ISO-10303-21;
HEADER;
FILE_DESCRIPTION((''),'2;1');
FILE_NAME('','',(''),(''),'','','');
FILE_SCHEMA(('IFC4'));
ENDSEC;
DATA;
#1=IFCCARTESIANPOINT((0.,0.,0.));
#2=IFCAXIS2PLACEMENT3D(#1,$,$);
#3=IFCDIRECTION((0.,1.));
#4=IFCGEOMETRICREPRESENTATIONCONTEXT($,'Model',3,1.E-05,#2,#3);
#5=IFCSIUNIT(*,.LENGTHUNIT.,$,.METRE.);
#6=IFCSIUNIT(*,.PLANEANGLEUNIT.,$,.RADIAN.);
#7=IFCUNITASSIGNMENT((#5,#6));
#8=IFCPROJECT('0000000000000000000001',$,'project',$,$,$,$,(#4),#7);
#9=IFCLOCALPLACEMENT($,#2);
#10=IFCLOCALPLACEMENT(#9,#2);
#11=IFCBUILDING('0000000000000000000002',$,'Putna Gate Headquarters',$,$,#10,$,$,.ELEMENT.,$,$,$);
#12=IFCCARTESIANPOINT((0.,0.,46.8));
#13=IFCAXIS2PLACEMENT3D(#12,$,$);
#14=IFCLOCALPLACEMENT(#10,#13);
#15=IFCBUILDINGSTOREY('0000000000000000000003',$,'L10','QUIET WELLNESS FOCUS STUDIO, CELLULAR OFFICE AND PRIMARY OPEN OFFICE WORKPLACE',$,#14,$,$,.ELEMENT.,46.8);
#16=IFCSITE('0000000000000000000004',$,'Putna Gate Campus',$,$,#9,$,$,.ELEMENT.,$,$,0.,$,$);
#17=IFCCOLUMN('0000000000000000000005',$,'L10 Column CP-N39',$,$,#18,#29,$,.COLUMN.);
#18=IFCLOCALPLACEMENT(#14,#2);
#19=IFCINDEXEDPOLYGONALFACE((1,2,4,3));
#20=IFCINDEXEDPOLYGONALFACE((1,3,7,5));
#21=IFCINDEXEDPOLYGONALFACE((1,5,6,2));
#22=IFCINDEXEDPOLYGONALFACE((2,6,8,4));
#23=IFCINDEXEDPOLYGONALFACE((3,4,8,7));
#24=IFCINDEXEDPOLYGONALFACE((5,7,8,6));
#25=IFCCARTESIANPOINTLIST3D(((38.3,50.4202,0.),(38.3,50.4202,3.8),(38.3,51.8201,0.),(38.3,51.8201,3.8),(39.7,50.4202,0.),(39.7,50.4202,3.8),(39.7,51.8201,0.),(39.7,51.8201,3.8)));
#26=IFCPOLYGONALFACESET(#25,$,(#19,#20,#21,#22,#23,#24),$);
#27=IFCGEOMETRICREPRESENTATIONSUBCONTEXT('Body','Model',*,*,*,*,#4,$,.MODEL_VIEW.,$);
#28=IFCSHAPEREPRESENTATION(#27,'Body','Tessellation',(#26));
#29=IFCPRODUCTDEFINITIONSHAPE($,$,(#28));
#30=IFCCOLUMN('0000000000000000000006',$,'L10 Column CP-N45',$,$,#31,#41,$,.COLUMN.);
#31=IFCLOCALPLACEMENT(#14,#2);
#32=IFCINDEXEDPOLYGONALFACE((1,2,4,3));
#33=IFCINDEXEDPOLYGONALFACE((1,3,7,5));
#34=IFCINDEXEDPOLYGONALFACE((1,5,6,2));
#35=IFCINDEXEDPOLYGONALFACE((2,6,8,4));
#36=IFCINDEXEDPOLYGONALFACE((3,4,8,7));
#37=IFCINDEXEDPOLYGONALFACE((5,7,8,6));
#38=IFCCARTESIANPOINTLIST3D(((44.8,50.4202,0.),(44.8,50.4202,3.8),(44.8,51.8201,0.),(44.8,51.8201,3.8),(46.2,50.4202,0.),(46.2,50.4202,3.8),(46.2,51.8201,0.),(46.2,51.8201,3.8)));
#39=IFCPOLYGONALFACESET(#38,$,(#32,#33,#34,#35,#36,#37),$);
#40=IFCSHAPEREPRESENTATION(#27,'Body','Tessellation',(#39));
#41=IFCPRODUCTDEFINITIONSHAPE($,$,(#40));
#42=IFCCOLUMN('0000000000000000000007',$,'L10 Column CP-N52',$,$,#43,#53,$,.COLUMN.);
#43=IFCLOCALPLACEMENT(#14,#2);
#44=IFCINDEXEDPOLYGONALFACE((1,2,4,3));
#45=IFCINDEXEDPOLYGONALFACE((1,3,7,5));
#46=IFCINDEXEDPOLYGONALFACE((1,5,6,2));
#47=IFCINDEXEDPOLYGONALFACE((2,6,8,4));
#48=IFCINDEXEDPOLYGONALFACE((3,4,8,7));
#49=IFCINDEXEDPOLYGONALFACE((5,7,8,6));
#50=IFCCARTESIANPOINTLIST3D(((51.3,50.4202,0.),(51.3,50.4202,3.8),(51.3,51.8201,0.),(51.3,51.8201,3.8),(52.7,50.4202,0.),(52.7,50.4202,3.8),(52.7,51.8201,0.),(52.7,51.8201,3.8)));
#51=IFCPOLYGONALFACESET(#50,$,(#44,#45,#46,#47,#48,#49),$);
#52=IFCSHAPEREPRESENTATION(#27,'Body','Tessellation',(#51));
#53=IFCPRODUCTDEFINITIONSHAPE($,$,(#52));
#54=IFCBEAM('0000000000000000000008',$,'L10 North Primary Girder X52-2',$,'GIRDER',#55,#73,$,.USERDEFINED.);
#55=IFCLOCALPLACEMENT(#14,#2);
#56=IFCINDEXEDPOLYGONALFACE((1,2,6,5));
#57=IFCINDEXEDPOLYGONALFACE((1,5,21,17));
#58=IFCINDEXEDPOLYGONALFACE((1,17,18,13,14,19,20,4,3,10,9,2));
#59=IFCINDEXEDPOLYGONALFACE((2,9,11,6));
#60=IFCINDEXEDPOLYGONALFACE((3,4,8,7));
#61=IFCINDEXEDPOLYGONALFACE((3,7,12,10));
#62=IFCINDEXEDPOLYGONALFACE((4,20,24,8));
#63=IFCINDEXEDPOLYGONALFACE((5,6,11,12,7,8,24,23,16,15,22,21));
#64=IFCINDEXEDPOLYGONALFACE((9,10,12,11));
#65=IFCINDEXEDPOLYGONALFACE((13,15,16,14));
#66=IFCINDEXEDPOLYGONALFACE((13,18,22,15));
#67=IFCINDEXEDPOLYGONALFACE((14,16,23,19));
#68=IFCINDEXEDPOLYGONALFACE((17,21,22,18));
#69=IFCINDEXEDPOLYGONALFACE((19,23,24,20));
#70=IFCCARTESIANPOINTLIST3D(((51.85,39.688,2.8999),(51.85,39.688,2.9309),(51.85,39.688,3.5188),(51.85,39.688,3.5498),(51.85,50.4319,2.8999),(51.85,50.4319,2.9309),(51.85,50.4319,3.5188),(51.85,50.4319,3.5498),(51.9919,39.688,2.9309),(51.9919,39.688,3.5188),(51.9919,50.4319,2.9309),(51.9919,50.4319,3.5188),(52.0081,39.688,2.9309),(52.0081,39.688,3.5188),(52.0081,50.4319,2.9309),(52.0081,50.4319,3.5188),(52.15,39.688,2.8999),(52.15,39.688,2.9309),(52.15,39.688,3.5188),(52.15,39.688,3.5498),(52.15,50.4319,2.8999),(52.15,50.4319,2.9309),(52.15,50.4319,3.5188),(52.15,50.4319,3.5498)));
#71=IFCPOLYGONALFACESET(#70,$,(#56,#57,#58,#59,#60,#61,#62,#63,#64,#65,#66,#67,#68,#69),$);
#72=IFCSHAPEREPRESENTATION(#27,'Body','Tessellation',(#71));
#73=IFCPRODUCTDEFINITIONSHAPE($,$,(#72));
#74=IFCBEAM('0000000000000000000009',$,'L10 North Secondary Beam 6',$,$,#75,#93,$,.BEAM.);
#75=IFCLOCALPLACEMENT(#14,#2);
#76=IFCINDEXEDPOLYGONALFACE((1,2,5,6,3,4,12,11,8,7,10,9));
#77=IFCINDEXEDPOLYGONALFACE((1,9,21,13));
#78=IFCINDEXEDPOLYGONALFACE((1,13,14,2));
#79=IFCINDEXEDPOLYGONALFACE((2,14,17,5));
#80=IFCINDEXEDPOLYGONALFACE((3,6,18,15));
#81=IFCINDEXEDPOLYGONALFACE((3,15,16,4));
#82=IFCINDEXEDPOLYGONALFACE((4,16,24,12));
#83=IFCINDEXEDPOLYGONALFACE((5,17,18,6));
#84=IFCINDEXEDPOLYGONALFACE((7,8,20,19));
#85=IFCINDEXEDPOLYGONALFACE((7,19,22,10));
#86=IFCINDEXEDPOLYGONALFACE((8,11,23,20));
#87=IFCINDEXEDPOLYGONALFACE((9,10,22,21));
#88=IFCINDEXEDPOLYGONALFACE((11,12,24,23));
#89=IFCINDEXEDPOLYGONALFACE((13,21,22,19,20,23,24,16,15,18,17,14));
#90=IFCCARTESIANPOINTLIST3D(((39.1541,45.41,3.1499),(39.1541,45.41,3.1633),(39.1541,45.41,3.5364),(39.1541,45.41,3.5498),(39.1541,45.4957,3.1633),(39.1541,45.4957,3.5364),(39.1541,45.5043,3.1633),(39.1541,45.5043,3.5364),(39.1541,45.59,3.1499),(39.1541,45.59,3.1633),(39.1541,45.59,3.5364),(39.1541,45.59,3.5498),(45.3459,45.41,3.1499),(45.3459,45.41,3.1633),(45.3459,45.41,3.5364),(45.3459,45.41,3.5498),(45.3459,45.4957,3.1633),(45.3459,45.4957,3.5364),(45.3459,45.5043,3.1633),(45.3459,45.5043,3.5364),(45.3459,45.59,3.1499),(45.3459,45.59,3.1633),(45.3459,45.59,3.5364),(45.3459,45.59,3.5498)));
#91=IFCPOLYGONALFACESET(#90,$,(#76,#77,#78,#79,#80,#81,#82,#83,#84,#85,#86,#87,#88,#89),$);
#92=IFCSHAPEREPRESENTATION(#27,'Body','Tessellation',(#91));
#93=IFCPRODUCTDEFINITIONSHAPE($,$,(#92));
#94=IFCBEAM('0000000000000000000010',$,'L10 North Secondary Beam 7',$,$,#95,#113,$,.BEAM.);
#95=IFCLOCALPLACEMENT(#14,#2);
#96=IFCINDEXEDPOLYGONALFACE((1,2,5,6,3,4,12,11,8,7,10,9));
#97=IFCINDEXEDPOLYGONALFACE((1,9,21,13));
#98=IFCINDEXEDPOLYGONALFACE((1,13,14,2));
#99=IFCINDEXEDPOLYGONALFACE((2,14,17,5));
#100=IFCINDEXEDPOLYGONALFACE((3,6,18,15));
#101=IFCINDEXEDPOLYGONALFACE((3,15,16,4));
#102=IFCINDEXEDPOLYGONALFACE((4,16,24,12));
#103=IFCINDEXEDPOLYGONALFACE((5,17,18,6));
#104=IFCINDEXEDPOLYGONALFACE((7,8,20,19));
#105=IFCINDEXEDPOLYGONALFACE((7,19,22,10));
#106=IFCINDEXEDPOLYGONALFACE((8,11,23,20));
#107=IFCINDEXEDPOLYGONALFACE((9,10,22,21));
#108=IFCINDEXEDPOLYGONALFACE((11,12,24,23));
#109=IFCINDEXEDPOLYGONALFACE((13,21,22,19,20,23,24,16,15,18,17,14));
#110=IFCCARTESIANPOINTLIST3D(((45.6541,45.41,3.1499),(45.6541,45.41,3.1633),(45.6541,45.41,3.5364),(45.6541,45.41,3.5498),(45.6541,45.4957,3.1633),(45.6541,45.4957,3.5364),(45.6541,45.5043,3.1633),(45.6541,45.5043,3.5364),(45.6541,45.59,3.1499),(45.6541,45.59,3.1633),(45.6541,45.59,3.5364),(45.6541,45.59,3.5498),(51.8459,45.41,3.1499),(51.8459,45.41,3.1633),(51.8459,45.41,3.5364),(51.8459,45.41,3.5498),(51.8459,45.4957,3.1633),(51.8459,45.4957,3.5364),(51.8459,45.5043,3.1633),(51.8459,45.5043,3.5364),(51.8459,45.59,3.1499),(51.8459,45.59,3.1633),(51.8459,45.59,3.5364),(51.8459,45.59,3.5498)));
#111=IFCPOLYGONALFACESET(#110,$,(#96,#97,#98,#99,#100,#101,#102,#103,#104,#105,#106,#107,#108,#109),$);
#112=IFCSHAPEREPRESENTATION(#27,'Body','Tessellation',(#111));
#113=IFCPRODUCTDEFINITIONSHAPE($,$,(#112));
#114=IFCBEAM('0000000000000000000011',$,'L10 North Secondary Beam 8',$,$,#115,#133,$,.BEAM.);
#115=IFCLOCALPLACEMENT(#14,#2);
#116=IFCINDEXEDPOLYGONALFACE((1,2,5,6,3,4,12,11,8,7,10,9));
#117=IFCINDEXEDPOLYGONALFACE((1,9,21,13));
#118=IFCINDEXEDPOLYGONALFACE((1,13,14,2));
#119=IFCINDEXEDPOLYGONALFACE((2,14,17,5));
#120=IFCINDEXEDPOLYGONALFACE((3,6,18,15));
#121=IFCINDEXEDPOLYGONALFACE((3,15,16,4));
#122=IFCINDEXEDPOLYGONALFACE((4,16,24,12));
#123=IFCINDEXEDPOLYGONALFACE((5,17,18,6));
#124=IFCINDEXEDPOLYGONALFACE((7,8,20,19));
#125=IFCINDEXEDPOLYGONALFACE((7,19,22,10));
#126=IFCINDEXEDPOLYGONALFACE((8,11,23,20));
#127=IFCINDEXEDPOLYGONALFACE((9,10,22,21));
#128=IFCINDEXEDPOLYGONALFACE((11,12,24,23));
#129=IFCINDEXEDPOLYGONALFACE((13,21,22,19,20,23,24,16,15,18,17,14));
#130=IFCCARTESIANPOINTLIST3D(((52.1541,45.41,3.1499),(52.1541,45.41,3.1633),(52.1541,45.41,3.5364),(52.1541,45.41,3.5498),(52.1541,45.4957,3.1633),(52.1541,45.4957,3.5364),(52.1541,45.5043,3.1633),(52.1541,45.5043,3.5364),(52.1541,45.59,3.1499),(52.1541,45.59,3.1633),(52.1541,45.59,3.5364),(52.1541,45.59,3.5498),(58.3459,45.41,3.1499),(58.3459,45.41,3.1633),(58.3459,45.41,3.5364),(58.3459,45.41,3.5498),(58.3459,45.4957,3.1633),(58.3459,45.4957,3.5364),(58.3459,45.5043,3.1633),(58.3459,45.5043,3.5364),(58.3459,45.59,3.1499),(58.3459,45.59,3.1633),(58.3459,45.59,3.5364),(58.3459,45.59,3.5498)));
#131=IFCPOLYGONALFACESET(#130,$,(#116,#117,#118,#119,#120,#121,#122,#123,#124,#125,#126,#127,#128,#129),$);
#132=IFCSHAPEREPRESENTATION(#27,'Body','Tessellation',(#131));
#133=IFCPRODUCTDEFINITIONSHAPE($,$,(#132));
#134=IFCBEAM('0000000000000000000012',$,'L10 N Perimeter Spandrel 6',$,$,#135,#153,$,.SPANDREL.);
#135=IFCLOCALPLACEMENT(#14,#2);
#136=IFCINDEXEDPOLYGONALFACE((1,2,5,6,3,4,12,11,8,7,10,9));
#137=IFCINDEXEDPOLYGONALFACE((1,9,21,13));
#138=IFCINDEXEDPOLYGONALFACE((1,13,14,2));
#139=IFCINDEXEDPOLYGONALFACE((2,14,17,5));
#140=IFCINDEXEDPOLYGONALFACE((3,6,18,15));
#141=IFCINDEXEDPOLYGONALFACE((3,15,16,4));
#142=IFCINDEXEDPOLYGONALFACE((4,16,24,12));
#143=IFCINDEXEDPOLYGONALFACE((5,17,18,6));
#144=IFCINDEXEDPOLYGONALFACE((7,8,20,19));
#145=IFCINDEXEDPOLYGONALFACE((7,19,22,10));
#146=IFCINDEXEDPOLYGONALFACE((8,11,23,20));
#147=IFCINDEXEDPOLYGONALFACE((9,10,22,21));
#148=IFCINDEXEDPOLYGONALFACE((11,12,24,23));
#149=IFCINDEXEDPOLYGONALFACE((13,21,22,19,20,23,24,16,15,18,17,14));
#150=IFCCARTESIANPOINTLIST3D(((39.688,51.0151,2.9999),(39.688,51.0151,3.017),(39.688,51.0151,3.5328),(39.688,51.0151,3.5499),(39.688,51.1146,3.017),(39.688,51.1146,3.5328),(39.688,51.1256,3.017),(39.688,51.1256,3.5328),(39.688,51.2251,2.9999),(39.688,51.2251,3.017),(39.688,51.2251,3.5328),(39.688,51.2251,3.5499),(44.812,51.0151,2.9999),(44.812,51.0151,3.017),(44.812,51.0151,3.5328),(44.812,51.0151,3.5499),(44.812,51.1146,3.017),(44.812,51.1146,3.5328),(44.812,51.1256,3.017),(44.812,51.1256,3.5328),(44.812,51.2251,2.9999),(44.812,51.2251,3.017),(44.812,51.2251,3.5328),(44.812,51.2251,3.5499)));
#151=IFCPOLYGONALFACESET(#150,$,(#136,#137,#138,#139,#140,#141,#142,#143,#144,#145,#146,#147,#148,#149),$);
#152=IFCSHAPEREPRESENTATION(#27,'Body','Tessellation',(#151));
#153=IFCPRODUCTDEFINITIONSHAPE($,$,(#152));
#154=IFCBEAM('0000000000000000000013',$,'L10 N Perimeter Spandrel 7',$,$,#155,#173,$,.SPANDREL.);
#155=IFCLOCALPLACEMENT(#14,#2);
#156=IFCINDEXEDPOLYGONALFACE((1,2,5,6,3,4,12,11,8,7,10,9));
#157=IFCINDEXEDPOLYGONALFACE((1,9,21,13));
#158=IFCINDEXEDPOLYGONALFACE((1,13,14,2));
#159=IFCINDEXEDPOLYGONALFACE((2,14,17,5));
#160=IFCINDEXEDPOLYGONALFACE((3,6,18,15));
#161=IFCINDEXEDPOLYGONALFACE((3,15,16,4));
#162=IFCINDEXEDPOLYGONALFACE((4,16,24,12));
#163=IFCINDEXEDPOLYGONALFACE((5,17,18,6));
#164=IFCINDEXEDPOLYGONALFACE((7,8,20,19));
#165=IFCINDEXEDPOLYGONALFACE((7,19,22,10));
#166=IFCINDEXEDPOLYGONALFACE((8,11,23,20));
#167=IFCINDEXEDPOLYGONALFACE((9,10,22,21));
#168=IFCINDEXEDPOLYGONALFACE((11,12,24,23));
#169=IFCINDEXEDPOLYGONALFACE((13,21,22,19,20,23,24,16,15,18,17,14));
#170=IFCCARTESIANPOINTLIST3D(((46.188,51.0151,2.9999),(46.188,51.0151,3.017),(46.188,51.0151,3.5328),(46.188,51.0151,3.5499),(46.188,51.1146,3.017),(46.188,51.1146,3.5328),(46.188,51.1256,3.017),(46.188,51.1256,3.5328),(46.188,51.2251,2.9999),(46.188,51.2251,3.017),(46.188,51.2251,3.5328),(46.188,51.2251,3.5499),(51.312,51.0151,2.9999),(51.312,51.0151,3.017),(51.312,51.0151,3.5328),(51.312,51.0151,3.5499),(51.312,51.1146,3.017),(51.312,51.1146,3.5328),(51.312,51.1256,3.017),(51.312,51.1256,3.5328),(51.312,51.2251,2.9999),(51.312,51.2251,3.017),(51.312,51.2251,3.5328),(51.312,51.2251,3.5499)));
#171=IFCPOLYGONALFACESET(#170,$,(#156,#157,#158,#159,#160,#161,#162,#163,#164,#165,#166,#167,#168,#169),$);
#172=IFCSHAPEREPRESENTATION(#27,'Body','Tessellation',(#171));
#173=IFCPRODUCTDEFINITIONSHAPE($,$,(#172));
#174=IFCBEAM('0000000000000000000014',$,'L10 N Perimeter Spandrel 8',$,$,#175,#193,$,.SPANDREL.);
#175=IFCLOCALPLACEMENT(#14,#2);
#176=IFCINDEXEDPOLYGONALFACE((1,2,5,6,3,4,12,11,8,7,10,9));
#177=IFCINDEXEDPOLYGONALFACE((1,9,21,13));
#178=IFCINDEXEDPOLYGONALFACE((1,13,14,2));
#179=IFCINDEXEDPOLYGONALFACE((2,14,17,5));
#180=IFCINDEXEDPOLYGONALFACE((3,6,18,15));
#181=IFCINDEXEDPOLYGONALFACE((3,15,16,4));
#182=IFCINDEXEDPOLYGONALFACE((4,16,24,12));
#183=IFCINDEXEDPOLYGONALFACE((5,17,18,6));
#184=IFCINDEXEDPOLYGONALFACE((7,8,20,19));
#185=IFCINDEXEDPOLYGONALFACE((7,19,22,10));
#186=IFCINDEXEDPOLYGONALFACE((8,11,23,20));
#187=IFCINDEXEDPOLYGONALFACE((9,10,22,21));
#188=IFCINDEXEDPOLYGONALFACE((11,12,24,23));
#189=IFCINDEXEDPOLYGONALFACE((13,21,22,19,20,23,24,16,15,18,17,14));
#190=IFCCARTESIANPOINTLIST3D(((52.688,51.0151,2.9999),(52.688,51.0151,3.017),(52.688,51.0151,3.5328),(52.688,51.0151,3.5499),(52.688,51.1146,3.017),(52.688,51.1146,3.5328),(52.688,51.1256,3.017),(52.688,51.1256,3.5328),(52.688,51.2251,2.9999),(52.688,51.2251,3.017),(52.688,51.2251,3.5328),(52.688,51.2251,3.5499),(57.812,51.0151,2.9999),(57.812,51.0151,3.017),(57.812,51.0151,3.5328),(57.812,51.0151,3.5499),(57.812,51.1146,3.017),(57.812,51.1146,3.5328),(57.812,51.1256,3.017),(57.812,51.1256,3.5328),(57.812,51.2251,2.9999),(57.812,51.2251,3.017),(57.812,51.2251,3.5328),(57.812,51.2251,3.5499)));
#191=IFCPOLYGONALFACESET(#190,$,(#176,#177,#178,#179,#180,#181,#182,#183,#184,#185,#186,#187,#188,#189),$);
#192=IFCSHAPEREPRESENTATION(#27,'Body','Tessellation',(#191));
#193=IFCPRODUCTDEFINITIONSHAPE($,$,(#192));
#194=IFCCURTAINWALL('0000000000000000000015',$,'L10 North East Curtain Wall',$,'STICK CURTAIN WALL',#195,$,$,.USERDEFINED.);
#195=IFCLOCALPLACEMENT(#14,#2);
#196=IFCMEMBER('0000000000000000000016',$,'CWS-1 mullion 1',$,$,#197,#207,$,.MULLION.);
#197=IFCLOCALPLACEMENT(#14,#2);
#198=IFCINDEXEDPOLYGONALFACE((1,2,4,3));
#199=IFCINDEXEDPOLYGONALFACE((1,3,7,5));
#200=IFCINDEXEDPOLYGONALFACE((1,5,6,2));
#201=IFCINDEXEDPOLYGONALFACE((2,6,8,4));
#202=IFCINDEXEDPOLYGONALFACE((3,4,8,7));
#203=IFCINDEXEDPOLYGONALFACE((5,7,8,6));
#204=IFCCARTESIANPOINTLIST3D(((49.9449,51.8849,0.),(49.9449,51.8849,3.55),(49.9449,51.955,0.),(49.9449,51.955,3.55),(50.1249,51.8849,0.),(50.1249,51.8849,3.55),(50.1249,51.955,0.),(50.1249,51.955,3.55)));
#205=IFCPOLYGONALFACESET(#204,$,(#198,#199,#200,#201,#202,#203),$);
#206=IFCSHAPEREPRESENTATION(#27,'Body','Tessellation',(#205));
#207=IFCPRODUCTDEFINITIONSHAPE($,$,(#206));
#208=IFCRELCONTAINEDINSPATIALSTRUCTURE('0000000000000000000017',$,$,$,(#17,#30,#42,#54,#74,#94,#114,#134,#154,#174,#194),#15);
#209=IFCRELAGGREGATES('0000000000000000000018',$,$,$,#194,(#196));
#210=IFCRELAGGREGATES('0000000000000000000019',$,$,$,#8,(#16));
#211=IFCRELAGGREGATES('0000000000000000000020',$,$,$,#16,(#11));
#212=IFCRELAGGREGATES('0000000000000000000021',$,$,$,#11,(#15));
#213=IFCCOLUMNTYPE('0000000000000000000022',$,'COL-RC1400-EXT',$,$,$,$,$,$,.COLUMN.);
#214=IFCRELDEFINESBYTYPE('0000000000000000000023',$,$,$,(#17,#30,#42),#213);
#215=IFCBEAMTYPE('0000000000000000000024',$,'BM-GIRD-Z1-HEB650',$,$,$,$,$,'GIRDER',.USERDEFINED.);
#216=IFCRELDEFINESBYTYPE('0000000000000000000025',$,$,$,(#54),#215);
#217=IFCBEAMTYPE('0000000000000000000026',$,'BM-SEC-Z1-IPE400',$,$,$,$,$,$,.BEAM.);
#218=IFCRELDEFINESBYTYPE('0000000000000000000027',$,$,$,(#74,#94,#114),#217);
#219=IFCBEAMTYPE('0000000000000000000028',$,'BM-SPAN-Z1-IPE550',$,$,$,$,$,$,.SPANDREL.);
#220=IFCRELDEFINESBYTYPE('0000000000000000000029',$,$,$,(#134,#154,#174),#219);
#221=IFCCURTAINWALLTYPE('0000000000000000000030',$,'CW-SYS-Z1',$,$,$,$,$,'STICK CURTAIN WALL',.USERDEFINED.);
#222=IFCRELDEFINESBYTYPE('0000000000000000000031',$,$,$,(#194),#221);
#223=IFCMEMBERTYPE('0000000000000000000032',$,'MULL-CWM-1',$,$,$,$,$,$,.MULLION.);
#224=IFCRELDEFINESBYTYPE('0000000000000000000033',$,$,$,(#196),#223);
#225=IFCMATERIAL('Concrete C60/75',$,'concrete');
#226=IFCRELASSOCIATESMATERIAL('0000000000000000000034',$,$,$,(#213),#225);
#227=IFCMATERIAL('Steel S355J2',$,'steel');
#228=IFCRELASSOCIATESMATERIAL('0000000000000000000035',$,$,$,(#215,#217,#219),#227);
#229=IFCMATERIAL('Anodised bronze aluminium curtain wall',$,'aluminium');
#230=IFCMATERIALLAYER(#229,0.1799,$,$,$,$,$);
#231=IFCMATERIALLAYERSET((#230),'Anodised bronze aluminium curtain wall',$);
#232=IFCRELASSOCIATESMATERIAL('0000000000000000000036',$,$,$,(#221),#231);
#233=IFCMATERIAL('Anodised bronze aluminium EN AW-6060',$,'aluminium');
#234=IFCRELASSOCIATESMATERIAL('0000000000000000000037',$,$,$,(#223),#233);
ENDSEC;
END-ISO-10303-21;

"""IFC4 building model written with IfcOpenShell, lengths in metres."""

from ifc_helpers import new_model, si_unit, direction, frame, origin, origin_2d, place, context, subcontext, project, spatial, rectangle, i_section, extrude, material, layer, layer_set, material_profile, profile_set, type_object, element, aggregate, save


model = new_model("IFC4")

# Units and contexts
model_context = context("Model", 3, precision=1e-05, world=origin(), true_north=direction((0.0, 1.0)))
body_context = subcontext(model_context, "Body", "Model", "MODEL_VIEW")
ifc_project = project(units=[si_unit("LENGTHUNIT", "METRE"), si_unit("PLANEANGLEUNIT", "RADIAN")], contexts=[model_context])

# Site, building, storey
site_placement = place(None, origin())
site = spatial("IfcSite", under=ifc_project, at=site_placement, Name="Putna Gate Campus", CompositionType="ELEMENT", RefElevation=0.0)
building_placement = place(site_placement, origin())
building = spatial("IfcBuilding", under=site, at=building_placement, Name="Putna Gate Headquarters", CompositionType="ELEMENT")
storey_placement = place(building_placement, frame((0.0, 0.0, 46.8)))
storey = spatial("IfcBuildingStorey", under=building, at=storey_placement, Name="L10", Description="QUIET WELLNESS FOCUS STUDIO, CELLULAR OFFICE AND PRIMARY OPEN OFFICE WORKPLACE", CompositionType="ELEMENT", Elevation=46.8)

# Columns
ifc_material_1 = material(Name="Concrete C60/75", Category="concrete")
ifc_material_profile_1 = material_profile(ifc_material_1, rectangle(XDim=1.3999, YDim=1.3999, at=origin_2d()), Name="Concrete C60/75")
ifc_profile_set_1 = profile_set([ifc_material_profile_1], Name="Concrete C60/75")
column_type = type_object("IfcColumnType", Name="COL-RC1400-EXT", PredefinedType="COLUMN", material=ifc_profile_set_1)
for number, where, z_axis, x_axis, name in (
    (1, (39.0, 51.1201, 0.0), (0.0, 0.0, 1.0), (1.0, 0.0, 0.0), "L10 Column CP-N39"),
    (2, (45.5, 51.1201, 0.0), (0.0, 0.0, 1.0), (1.0, 0.0, 0.0), "L10 Column CP-N45"),
    (3, (52.0, 51.1201, 0.0), (0.0, 0.0, 1.0), (1.0, 0.0, 0.0), "L10 Column CP-N52"),
):
    element("IfcColumn", number, at=place(storey_placement, frame(where, z_axis=z_axis, x_axis=x_axis)), inside=storey, type_object=column_type, Name=name, PredefinedType="COLUMN", context=body_context, shape_type="SweptSolid", body=[
        extrude(rectangle(XDim=1.3999, YDim=1.3999, at=origin_2d()), origin(), (0.0, 0.0, 1.0), 3.8),
    ])

# Beams
ifc_material_2 = material(Name="Steel S355J2", Category="steel")
ifc_material_profile_2 = material_profile(ifc_material_2, i_section(OverallWidth=0.3, OverallDepth=0.6499, WebThickness=0.0161, FlangeThickness=0.031, at=origin_2d()), Name="Steel S355J2")
ifc_profile_set_2 = profile_set([ifc_material_profile_2], Name="Steel S355J2")
beam_type_1 = type_object("IfcBeamType", Name="BM-GIRD-Z1-HEB650", ElementType="GIRDER", PredefinedType="USERDEFINED", material=ifc_profile_set_2)
beam_placement = place(storey_placement, frame((52.0, 39.688, 3.2249), z_axis=(0.0, 1.0, 0.0), x_axis=(-1.0, 0.0, 0.0)))
element("IfcBeam", 4, at=beam_placement, inside=storey, type_object=beam_type_1, Name="L10 North Primary Girder X52-2", ObjectType="GIRDER", PredefinedType="USERDEFINED", context=body_context, shape_type="SweptSolid", body=[
    extrude(i_section(OverallWidth=0.3, OverallDepth=0.6499, WebThickness=0.0161, FlangeThickness=0.031, at=origin_2d()), origin(), (0.0, 0.0, 1.0), 10.7439),
])
ifc_material_profile_3 = material_profile(ifc_material_2, i_section(OverallWidth=0.1799, OverallDepth=0.3999, WebThickness=0.0085, FlangeThickness=0.0134, at=origin_2d()), Name="Steel S355J2")
ifc_profile_set_3 = profile_set([ifc_material_profile_3], Name="Steel S355J2")
beam_type_2 = type_object("IfcBeamType", Name="BM-SEC-Z1-IPE400", PredefinedType="BEAM", material=ifc_profile_set_3)
for number, where, z_axis, x_axis, name in (
    (5, (39.1541, 45.5, 3.3499), (1.0, 0.0, 0.0), (0.0, 1.0, 0.0), "L10 North Secondary Beam 6"),
    (6, (45.6541, 45.5, 3.3499), (1.0, 0.0, 0.0), (0.0, 1.0, 0.0), "L10 North Secondary Beam 7"),
    (7, (52.1541, 45.5, 3.3499), (1.0, 0.0, 0.0), (0.0, 1.0, 0.0), "L10 North Secondary Beam 8"),
):
    element("IfcBeam", number, at=place(storey_placement, frame(where, z_axis=z_axis, x_axis=x_axis)), inside=storey, type_object=beam_type_2, Name=name, PredefinedType="BEAM", context=body_context, shape_type="SweptSolid", body=[
        extrude(i_section(OverallWidth=0.1799, OverallDepth=0.3999, WebThickness=0.0085, FlangeThickness=0.0134, at=origin_2d()), origin(), (0.0, 0.0, 1.0), 6.1919),
    ])
ifc_material_profile_4 = material_profile(ifc_material_2, i_section(OverallWidth=0.21, OverallDepth=0.55, WebThickness=0.011, FlangeThickness=0.0171, at=origin_2d()), Name="Steel S355J2")
ifc_profile_set_4 = profile_set([ifc_material_profile_4], Name="Steel S355J2")
beam_type_3 = type_object("IfcBeamType", Name="BM-SPAN-Z1-IPE550", PredefinedType="SPANDREL", material=ifc_profile_set_4)
for number, where, z_axis, x_axis, name in (
    (8, (39.688, 51.1201, 3.2749), (1.0, 0.0, 0.0), (0.0, 1.0, 0.0), "L10 N Perimeter Spandrel 6"),
    (9, (46.188, 51.1201, 3.2749), (1.0, 0.0, 0.0), (0.0, 1.0, 0.0), "L10 N Perimeter Spandrel 7"),
    (10, (52.688, 51.1201, 3.2749), (1.0, 0.0, 0.0), (0.0, 1.0, 0.0), "L10 N Perimeter Spandrel 8"),
):
    element("IfcBeam", number, at=place(storey_placement, frame(where, z_axis=z_axis, x_axis=x_axis)), inside=storey, type_object=beam_type_3, Name=name, PredefinedType="SPANDREL", context=body_context, shape_type="SweptSolid", body=[
        extrude(i_section(OverallWidth=0.21, OverallDepth=0.55, WebThickness=0.011, FlangeThickness=0.0171, at=origin_2d()), origin(), (0.0, 0.0, 1.0), 5.124),
    ])

# Curtain wall, member
ifc_material_3 = material(Name="Anodised bronze aluminium curtain wall", Category="aluminium")
ifc_layer_1 = layer(ifc_material_3, 0.1799)
ifc_layer_set_1 = layer_set([ifc_layer_1], Name="Anodised bronze aluminium curtain wall")
curtain_wall_type_1 = type_object("IfcCurtainWallType", Name="CW-SYS-Z1", ElementType="STICK CURTAIN WALL", PredefinedType="USERDEFINED", material=ifc_layer_set_1)
curtain_wall_1_placement = place(storey_placement, origin())
curtain_wall_1 = element("IfcCurtainWall", 11, at=curtain_wall_1_placement, inside=storey, type_object=curtain_wall_type_1, Name="L10 North East Curtain Wall", ObjectType="STICK CURTAIN WALL", PredefinedType="USERDEFINED")
ifc_material_4 = material(Name="Anodised bronze aluminium EN AW-6060", Category="aluminium")
ifc_material_profile_5 = material_profile(ifc_material_4, rectangle(XDim=0.0701, YDim=0.1799, at=origin_2d()), Name="Anodised bronze aluminium EN AW-6060")
ifc_profile_set_5 = profile_set([ifc_material_profile_5], Name="Anodised bronze aluminium EN AW-6060")
member_type_1 = type_object("IfcMemberType", Name="MULL-CWM-1", PredefinedType="MULLION", material=ifc_profile_set_5)
member_1_placement = place(storey_placement, frame((50.0349, 51.9199, 0.0), z_axis=(0.0, 0.0, 1.0), x_axis=(0.0, 1.0, 0.0)))
member_1 = element("IfcMember", 12, at=member_1_placement, type_object=member_type_1, Name="CWS-1 mullion 1", PredefinedType="MULLION", context=body_context, shape_type="SweptSolid", body=[
    extrude(rectangle(XDim=0.0701, YDim=0.1799, at=origin_2d()), origin(), (0.0, 0.0, 1.0), 3.55),
])

aggregate(curtain_wall_1, [member_1])

save(model, "model.ifc")
